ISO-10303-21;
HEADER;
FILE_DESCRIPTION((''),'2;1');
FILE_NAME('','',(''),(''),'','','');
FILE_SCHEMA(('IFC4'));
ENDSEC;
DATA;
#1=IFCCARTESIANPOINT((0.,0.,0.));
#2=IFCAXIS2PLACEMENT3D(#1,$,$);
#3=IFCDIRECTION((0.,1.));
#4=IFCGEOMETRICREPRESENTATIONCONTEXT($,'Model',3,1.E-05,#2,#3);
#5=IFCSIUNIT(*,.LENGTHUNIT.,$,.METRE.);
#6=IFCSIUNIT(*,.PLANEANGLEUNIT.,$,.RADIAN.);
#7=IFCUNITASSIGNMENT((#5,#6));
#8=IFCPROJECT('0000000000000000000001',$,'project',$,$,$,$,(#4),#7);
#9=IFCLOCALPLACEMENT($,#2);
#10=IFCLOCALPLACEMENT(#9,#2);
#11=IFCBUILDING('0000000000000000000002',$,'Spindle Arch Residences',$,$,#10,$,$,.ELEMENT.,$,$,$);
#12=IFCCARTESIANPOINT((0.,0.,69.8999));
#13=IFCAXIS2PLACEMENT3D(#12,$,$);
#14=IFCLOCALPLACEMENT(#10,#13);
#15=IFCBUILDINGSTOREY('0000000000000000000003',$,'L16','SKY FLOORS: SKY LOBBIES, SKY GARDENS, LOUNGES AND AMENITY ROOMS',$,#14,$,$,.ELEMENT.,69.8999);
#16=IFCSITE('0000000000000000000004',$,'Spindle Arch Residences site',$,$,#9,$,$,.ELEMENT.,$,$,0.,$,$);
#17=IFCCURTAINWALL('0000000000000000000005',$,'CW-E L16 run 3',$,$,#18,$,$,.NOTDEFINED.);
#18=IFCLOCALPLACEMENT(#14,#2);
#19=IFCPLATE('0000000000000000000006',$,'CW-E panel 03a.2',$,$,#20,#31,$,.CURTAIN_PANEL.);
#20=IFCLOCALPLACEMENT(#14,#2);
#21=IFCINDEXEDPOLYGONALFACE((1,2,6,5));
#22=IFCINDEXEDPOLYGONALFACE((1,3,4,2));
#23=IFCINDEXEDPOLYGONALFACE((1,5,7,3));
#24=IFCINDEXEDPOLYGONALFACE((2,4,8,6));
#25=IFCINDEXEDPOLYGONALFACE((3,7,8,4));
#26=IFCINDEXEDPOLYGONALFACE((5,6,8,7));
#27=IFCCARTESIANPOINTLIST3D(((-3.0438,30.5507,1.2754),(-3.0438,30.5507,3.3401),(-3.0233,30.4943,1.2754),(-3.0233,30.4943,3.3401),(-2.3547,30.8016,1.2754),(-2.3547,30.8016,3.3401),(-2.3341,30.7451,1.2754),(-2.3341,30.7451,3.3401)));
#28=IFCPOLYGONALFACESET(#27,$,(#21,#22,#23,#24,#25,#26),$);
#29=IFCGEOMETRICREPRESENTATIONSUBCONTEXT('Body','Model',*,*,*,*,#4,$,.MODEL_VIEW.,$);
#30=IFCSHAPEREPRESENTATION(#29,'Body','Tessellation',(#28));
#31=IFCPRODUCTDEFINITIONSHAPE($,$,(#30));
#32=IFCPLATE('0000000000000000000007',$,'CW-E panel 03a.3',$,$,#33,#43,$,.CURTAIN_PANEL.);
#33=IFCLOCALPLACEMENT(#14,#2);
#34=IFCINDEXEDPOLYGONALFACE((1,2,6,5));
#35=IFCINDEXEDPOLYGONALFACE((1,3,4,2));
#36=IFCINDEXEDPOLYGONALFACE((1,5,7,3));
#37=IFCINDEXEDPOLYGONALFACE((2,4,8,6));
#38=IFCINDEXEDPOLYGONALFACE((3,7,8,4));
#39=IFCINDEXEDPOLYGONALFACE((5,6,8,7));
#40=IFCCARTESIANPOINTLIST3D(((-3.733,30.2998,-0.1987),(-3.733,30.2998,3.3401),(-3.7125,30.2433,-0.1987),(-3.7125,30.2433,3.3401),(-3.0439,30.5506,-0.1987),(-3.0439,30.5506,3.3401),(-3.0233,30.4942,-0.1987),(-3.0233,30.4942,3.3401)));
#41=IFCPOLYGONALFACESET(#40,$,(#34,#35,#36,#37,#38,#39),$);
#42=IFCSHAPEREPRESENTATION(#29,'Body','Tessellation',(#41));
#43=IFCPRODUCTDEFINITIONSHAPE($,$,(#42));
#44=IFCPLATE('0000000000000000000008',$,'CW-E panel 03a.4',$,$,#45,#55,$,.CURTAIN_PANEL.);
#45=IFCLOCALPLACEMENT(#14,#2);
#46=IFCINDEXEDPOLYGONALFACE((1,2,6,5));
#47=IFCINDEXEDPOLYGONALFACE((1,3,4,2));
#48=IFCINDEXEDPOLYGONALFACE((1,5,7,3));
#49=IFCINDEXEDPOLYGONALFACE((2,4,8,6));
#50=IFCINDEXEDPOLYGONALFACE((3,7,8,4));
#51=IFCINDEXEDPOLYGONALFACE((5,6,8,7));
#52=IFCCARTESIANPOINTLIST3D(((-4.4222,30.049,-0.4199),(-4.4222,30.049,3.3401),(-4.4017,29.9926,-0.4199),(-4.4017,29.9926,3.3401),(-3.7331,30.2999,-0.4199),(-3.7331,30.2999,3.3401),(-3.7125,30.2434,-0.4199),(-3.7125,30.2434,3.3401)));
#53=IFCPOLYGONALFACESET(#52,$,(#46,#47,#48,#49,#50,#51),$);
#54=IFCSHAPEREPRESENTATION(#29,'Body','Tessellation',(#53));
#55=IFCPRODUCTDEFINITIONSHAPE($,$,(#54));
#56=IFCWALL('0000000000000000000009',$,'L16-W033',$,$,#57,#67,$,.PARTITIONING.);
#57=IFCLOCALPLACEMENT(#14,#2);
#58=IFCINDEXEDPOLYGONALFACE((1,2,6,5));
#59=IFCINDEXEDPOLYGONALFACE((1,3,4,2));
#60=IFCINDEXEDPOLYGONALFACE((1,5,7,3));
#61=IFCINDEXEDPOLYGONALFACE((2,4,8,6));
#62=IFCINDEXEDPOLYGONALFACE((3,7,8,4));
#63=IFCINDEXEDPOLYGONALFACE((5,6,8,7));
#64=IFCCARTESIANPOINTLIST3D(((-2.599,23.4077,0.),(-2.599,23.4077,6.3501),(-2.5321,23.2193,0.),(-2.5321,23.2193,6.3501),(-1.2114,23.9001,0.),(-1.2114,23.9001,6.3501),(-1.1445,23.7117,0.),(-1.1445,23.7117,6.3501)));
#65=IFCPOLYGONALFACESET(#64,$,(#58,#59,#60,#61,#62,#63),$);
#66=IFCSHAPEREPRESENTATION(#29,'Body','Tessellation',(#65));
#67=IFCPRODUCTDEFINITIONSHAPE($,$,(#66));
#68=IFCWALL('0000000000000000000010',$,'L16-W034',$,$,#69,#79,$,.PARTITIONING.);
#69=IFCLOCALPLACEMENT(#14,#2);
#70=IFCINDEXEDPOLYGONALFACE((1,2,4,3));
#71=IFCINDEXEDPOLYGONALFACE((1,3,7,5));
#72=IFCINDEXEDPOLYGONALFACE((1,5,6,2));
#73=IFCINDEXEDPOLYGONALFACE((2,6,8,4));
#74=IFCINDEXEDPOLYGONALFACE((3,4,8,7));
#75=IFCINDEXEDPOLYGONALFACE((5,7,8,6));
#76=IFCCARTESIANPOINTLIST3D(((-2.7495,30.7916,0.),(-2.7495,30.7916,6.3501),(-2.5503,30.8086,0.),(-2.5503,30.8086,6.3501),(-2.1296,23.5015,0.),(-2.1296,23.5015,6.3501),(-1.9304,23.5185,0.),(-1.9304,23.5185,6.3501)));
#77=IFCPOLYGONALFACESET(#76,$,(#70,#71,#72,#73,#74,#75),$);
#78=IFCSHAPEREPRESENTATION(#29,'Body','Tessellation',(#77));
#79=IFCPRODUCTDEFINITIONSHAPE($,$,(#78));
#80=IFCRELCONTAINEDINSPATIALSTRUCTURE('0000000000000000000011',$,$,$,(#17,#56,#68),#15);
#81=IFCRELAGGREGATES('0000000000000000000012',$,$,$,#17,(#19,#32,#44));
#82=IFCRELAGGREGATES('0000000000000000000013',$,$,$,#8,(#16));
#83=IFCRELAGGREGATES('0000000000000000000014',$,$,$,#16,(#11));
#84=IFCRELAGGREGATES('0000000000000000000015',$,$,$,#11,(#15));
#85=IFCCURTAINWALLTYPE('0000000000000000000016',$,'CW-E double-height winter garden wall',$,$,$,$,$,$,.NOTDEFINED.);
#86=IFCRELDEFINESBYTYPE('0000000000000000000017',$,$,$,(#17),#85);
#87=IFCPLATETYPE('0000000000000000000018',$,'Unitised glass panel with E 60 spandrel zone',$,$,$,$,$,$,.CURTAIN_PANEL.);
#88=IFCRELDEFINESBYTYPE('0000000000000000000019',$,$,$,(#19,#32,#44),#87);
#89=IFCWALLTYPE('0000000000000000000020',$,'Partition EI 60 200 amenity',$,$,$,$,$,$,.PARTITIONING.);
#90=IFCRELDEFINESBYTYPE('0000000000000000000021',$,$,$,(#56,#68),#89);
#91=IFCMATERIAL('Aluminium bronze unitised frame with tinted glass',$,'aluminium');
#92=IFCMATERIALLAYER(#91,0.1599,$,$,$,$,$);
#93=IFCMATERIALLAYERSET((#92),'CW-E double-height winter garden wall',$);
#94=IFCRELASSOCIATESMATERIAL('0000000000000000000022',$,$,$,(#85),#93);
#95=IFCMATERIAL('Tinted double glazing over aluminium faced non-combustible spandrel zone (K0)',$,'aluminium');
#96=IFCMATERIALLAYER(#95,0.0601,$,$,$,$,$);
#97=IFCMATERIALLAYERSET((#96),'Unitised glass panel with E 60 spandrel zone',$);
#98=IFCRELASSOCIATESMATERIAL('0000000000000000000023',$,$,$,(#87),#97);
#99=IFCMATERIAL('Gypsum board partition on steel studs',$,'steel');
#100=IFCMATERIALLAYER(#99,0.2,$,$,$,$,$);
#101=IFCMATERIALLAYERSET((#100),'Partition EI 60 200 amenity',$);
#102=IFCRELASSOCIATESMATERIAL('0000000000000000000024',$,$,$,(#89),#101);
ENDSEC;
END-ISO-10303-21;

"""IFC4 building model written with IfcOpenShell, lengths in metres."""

from ifc_helpers import new_model, si_unit, direction, frame, frame_2d, origin, origin_2d, place, context, subcontext, project, spatial, rectangle, extrude, material, layer, layer_set, type_object, element, aggregate, save


model = new_model("IFC4")

# Units and contexts
model_context = context("Model", 3, precision=1e-05, world=origin(), true_north=direction((0.0, 1.0)))
body_context = subcontext(model_context, "Body", "Model", "MODEL_VIEW")
ifc_project = project(units=[si_unit("LENGTHUNIT", "METRE"), si_unit("PLANEANGLEUNIT", "RADIAN")], contexts=[model_context])

# Site, building, storey
site_placement = place(None, origin())
site = spatial("IfcSite", under=ifc_project, at=site_placement, Name="Spindle Arch Residences site", CompositionType="ELEMENT", RefElevation=0.0)
building_placement = place(site_placement, origin())
building = spatial("IfcBuilding", under=site, at=building_placement, Name="Spindle Arch Residences", CompositionType="ELEMENT")
storey_placement = place(building_placement, frame((0.0, 0.0, 69.8999)))
storey = spatial("IfcBuildingStorey", under=building, at=storey_placement, Name="L16", Description="SKY FLOORS: SKY LOBBIES, SKY GARDENS, LOUNGES AND AMENITY ROOMS", CompositionType="ELEMENT", Elevation=69.8999)

# Curtain wall
ifc_material_1 = material(Name="Aluminium bronze unitised frame with tinted glass", Category="aluminium")
ifc_layer_1 = layer(ifc_material_1, 0.1599)
ifc_layer_set_1 = layer_set([ifc_layer_1], Name="CW-E double-height winter garden wall")
curtain_wall_type = type_object("IfcCurtainWallType", Name="CW-E double-height winter garden wall", PredefinedType="NOTDEFINED", material=ifc_layer_set_1)
curtain_wall_placement = place(storey_placement, origin())
curtain_wall = element("IfcCurtainWall", 1, at=curtain_wall_placement, inside=storey, type_object=curtain_wall_type, Name="CW-E L16 run 3", PredefinedType="NOTDEFINED")

# Plates
ifc_material_2 = material(Name="Tinted double glazing over aluminium faced non-combustible spandrel zone (K0)", Category="aluminium")
ifc_layer_2 = layer(ifc_material_2, 0.0601)
ifc_layer_set_2 = layer_set([ifc_layer_2], Name="Unitised glass panel with E 60 spandrel zone")
plate_type_1 = type_object("IfcPlateType", Name="Unitised glass panel with E 60 spandrel zone", PredefinedType="CURTAIN_PANEL", material=ifc_layer_set_2)
plate_1_placement = place(storey_placement, frame((-2.689, 30.6479, 1.2754), z_axis=(0.0, 0.0, 1.0), x_axis=(-0.939693, -0.34202, 0.0)))
plate_1 = element("IfcPlate", 2, at=plate_1_placement, type_object=plate_type_1, Name="CW-E panel 03a.2", PredefinedType="CURTAIN_PANEL", context=body_context, shape_type="SweptSolid", body=[
    extrude(rectangle(XDim=0.7334, YDim=0.0601, at=origin_2d()), origin(), (0.0, 0.0, 1.0), 2.0647),
])
plate_2_placement = place(storey_placement, frame((-3.3782, 30.397, -0.1987), z_axis=(0.0, 0.0, 1.0), x_axis=(-0.939693, -0.34202, 0.0)))
plate_2 = element("IfcPlate", 3, at=plate_2_placement, type_object=plate_type_1, Name="CW-E panel 03a.3", PredefinedType="CURTAIN_PANEL", context=body_context, shape_type="SweptSolid", body=[
    extrude(rectangle(XDim=0.7334, YDim=0.0601, at=origin_2d()), origin(), (0.0, 0.0, 1.0), 3.5388),
])
plate_3_placement = place(storey_placement, frame((-4.0674, 30.1462, -0.4199), z_axis=(0.0, 0.0, 1.0), x_axis=(-0.939693, -0.34202, 0.0)))
plate_3 = element("IfcPlate", 4, at=plate_3_placement, type_object=plate_type_1, Name="CW-E panel 03a.4", PredefinedType="CURTAIN_PANEL", context=body_context, shape_type="SweptSolid", body=[
    extrude(rectangle(XDim=0.7334, YDim=0.0601, at=origin_2d()), origin(), (0.0, 0.0, 1.0), 3.76),
])
aggregate(curtain_wall, [plate_1, plate_2, plate_3])

# Walls
ifc_material_3 = material(Name="Gypsum board partition on steel studs", Category="steel")
ifc_layer_3 = layer(ifc_material_3, 0.2)
ifc_layer_set_3 = layer_set([ifc_layer_3], Name="Partition EI 60 200 amenity")
wall_type = type_object("IfcWallType", Name="Partition EI 60 200 amenity", PredefinedType="PARTITIONING", material=ifc_layer_set_3)
wall_1_placement = place(storey_placement, frame((-2.5657, 23.3135, 0.0), z_axis=(0.0, 0.0, 1.0), x_axis=(0.942423, 0.334424, 0.0)))
element("IfcWall", 5, at=wall_1_placement, inside=storey, type_object=wall_type, Name="L16-W033", PredefinedType="PARTITIONING", context=body_context, shape_type="SweptSolid", body=[
    extrude(rectangle(XDim=1.4724, YDim=0.2, at=frame_2d((0.7363, 0.0))), origin(), (0.0, 0.0, 1.0), 6.3501),
])
wall_2_placement = place(storey_placement, frame((-2.03, 23.51, 0.0), z_axis=(0.0, 0.0, 1.0), x_axis=(-0.084724, 0.996404, 0.0)))
element("IfcWall", 6, at=wall_2_placement, inside=storey, type_object=wall_type, Name="L16-W034", PredefinedType="PARTITIONING", context=body_context, shape_type="SweptSolid", body=[
    extrude(rectangle(XDim=7.3164, YDim=0.2, at=frame_2d((3.6582, 0.0))), origin(), (0.0, 0.0, 1.0), 6.3501),
])

save(model, "model.ifc")
